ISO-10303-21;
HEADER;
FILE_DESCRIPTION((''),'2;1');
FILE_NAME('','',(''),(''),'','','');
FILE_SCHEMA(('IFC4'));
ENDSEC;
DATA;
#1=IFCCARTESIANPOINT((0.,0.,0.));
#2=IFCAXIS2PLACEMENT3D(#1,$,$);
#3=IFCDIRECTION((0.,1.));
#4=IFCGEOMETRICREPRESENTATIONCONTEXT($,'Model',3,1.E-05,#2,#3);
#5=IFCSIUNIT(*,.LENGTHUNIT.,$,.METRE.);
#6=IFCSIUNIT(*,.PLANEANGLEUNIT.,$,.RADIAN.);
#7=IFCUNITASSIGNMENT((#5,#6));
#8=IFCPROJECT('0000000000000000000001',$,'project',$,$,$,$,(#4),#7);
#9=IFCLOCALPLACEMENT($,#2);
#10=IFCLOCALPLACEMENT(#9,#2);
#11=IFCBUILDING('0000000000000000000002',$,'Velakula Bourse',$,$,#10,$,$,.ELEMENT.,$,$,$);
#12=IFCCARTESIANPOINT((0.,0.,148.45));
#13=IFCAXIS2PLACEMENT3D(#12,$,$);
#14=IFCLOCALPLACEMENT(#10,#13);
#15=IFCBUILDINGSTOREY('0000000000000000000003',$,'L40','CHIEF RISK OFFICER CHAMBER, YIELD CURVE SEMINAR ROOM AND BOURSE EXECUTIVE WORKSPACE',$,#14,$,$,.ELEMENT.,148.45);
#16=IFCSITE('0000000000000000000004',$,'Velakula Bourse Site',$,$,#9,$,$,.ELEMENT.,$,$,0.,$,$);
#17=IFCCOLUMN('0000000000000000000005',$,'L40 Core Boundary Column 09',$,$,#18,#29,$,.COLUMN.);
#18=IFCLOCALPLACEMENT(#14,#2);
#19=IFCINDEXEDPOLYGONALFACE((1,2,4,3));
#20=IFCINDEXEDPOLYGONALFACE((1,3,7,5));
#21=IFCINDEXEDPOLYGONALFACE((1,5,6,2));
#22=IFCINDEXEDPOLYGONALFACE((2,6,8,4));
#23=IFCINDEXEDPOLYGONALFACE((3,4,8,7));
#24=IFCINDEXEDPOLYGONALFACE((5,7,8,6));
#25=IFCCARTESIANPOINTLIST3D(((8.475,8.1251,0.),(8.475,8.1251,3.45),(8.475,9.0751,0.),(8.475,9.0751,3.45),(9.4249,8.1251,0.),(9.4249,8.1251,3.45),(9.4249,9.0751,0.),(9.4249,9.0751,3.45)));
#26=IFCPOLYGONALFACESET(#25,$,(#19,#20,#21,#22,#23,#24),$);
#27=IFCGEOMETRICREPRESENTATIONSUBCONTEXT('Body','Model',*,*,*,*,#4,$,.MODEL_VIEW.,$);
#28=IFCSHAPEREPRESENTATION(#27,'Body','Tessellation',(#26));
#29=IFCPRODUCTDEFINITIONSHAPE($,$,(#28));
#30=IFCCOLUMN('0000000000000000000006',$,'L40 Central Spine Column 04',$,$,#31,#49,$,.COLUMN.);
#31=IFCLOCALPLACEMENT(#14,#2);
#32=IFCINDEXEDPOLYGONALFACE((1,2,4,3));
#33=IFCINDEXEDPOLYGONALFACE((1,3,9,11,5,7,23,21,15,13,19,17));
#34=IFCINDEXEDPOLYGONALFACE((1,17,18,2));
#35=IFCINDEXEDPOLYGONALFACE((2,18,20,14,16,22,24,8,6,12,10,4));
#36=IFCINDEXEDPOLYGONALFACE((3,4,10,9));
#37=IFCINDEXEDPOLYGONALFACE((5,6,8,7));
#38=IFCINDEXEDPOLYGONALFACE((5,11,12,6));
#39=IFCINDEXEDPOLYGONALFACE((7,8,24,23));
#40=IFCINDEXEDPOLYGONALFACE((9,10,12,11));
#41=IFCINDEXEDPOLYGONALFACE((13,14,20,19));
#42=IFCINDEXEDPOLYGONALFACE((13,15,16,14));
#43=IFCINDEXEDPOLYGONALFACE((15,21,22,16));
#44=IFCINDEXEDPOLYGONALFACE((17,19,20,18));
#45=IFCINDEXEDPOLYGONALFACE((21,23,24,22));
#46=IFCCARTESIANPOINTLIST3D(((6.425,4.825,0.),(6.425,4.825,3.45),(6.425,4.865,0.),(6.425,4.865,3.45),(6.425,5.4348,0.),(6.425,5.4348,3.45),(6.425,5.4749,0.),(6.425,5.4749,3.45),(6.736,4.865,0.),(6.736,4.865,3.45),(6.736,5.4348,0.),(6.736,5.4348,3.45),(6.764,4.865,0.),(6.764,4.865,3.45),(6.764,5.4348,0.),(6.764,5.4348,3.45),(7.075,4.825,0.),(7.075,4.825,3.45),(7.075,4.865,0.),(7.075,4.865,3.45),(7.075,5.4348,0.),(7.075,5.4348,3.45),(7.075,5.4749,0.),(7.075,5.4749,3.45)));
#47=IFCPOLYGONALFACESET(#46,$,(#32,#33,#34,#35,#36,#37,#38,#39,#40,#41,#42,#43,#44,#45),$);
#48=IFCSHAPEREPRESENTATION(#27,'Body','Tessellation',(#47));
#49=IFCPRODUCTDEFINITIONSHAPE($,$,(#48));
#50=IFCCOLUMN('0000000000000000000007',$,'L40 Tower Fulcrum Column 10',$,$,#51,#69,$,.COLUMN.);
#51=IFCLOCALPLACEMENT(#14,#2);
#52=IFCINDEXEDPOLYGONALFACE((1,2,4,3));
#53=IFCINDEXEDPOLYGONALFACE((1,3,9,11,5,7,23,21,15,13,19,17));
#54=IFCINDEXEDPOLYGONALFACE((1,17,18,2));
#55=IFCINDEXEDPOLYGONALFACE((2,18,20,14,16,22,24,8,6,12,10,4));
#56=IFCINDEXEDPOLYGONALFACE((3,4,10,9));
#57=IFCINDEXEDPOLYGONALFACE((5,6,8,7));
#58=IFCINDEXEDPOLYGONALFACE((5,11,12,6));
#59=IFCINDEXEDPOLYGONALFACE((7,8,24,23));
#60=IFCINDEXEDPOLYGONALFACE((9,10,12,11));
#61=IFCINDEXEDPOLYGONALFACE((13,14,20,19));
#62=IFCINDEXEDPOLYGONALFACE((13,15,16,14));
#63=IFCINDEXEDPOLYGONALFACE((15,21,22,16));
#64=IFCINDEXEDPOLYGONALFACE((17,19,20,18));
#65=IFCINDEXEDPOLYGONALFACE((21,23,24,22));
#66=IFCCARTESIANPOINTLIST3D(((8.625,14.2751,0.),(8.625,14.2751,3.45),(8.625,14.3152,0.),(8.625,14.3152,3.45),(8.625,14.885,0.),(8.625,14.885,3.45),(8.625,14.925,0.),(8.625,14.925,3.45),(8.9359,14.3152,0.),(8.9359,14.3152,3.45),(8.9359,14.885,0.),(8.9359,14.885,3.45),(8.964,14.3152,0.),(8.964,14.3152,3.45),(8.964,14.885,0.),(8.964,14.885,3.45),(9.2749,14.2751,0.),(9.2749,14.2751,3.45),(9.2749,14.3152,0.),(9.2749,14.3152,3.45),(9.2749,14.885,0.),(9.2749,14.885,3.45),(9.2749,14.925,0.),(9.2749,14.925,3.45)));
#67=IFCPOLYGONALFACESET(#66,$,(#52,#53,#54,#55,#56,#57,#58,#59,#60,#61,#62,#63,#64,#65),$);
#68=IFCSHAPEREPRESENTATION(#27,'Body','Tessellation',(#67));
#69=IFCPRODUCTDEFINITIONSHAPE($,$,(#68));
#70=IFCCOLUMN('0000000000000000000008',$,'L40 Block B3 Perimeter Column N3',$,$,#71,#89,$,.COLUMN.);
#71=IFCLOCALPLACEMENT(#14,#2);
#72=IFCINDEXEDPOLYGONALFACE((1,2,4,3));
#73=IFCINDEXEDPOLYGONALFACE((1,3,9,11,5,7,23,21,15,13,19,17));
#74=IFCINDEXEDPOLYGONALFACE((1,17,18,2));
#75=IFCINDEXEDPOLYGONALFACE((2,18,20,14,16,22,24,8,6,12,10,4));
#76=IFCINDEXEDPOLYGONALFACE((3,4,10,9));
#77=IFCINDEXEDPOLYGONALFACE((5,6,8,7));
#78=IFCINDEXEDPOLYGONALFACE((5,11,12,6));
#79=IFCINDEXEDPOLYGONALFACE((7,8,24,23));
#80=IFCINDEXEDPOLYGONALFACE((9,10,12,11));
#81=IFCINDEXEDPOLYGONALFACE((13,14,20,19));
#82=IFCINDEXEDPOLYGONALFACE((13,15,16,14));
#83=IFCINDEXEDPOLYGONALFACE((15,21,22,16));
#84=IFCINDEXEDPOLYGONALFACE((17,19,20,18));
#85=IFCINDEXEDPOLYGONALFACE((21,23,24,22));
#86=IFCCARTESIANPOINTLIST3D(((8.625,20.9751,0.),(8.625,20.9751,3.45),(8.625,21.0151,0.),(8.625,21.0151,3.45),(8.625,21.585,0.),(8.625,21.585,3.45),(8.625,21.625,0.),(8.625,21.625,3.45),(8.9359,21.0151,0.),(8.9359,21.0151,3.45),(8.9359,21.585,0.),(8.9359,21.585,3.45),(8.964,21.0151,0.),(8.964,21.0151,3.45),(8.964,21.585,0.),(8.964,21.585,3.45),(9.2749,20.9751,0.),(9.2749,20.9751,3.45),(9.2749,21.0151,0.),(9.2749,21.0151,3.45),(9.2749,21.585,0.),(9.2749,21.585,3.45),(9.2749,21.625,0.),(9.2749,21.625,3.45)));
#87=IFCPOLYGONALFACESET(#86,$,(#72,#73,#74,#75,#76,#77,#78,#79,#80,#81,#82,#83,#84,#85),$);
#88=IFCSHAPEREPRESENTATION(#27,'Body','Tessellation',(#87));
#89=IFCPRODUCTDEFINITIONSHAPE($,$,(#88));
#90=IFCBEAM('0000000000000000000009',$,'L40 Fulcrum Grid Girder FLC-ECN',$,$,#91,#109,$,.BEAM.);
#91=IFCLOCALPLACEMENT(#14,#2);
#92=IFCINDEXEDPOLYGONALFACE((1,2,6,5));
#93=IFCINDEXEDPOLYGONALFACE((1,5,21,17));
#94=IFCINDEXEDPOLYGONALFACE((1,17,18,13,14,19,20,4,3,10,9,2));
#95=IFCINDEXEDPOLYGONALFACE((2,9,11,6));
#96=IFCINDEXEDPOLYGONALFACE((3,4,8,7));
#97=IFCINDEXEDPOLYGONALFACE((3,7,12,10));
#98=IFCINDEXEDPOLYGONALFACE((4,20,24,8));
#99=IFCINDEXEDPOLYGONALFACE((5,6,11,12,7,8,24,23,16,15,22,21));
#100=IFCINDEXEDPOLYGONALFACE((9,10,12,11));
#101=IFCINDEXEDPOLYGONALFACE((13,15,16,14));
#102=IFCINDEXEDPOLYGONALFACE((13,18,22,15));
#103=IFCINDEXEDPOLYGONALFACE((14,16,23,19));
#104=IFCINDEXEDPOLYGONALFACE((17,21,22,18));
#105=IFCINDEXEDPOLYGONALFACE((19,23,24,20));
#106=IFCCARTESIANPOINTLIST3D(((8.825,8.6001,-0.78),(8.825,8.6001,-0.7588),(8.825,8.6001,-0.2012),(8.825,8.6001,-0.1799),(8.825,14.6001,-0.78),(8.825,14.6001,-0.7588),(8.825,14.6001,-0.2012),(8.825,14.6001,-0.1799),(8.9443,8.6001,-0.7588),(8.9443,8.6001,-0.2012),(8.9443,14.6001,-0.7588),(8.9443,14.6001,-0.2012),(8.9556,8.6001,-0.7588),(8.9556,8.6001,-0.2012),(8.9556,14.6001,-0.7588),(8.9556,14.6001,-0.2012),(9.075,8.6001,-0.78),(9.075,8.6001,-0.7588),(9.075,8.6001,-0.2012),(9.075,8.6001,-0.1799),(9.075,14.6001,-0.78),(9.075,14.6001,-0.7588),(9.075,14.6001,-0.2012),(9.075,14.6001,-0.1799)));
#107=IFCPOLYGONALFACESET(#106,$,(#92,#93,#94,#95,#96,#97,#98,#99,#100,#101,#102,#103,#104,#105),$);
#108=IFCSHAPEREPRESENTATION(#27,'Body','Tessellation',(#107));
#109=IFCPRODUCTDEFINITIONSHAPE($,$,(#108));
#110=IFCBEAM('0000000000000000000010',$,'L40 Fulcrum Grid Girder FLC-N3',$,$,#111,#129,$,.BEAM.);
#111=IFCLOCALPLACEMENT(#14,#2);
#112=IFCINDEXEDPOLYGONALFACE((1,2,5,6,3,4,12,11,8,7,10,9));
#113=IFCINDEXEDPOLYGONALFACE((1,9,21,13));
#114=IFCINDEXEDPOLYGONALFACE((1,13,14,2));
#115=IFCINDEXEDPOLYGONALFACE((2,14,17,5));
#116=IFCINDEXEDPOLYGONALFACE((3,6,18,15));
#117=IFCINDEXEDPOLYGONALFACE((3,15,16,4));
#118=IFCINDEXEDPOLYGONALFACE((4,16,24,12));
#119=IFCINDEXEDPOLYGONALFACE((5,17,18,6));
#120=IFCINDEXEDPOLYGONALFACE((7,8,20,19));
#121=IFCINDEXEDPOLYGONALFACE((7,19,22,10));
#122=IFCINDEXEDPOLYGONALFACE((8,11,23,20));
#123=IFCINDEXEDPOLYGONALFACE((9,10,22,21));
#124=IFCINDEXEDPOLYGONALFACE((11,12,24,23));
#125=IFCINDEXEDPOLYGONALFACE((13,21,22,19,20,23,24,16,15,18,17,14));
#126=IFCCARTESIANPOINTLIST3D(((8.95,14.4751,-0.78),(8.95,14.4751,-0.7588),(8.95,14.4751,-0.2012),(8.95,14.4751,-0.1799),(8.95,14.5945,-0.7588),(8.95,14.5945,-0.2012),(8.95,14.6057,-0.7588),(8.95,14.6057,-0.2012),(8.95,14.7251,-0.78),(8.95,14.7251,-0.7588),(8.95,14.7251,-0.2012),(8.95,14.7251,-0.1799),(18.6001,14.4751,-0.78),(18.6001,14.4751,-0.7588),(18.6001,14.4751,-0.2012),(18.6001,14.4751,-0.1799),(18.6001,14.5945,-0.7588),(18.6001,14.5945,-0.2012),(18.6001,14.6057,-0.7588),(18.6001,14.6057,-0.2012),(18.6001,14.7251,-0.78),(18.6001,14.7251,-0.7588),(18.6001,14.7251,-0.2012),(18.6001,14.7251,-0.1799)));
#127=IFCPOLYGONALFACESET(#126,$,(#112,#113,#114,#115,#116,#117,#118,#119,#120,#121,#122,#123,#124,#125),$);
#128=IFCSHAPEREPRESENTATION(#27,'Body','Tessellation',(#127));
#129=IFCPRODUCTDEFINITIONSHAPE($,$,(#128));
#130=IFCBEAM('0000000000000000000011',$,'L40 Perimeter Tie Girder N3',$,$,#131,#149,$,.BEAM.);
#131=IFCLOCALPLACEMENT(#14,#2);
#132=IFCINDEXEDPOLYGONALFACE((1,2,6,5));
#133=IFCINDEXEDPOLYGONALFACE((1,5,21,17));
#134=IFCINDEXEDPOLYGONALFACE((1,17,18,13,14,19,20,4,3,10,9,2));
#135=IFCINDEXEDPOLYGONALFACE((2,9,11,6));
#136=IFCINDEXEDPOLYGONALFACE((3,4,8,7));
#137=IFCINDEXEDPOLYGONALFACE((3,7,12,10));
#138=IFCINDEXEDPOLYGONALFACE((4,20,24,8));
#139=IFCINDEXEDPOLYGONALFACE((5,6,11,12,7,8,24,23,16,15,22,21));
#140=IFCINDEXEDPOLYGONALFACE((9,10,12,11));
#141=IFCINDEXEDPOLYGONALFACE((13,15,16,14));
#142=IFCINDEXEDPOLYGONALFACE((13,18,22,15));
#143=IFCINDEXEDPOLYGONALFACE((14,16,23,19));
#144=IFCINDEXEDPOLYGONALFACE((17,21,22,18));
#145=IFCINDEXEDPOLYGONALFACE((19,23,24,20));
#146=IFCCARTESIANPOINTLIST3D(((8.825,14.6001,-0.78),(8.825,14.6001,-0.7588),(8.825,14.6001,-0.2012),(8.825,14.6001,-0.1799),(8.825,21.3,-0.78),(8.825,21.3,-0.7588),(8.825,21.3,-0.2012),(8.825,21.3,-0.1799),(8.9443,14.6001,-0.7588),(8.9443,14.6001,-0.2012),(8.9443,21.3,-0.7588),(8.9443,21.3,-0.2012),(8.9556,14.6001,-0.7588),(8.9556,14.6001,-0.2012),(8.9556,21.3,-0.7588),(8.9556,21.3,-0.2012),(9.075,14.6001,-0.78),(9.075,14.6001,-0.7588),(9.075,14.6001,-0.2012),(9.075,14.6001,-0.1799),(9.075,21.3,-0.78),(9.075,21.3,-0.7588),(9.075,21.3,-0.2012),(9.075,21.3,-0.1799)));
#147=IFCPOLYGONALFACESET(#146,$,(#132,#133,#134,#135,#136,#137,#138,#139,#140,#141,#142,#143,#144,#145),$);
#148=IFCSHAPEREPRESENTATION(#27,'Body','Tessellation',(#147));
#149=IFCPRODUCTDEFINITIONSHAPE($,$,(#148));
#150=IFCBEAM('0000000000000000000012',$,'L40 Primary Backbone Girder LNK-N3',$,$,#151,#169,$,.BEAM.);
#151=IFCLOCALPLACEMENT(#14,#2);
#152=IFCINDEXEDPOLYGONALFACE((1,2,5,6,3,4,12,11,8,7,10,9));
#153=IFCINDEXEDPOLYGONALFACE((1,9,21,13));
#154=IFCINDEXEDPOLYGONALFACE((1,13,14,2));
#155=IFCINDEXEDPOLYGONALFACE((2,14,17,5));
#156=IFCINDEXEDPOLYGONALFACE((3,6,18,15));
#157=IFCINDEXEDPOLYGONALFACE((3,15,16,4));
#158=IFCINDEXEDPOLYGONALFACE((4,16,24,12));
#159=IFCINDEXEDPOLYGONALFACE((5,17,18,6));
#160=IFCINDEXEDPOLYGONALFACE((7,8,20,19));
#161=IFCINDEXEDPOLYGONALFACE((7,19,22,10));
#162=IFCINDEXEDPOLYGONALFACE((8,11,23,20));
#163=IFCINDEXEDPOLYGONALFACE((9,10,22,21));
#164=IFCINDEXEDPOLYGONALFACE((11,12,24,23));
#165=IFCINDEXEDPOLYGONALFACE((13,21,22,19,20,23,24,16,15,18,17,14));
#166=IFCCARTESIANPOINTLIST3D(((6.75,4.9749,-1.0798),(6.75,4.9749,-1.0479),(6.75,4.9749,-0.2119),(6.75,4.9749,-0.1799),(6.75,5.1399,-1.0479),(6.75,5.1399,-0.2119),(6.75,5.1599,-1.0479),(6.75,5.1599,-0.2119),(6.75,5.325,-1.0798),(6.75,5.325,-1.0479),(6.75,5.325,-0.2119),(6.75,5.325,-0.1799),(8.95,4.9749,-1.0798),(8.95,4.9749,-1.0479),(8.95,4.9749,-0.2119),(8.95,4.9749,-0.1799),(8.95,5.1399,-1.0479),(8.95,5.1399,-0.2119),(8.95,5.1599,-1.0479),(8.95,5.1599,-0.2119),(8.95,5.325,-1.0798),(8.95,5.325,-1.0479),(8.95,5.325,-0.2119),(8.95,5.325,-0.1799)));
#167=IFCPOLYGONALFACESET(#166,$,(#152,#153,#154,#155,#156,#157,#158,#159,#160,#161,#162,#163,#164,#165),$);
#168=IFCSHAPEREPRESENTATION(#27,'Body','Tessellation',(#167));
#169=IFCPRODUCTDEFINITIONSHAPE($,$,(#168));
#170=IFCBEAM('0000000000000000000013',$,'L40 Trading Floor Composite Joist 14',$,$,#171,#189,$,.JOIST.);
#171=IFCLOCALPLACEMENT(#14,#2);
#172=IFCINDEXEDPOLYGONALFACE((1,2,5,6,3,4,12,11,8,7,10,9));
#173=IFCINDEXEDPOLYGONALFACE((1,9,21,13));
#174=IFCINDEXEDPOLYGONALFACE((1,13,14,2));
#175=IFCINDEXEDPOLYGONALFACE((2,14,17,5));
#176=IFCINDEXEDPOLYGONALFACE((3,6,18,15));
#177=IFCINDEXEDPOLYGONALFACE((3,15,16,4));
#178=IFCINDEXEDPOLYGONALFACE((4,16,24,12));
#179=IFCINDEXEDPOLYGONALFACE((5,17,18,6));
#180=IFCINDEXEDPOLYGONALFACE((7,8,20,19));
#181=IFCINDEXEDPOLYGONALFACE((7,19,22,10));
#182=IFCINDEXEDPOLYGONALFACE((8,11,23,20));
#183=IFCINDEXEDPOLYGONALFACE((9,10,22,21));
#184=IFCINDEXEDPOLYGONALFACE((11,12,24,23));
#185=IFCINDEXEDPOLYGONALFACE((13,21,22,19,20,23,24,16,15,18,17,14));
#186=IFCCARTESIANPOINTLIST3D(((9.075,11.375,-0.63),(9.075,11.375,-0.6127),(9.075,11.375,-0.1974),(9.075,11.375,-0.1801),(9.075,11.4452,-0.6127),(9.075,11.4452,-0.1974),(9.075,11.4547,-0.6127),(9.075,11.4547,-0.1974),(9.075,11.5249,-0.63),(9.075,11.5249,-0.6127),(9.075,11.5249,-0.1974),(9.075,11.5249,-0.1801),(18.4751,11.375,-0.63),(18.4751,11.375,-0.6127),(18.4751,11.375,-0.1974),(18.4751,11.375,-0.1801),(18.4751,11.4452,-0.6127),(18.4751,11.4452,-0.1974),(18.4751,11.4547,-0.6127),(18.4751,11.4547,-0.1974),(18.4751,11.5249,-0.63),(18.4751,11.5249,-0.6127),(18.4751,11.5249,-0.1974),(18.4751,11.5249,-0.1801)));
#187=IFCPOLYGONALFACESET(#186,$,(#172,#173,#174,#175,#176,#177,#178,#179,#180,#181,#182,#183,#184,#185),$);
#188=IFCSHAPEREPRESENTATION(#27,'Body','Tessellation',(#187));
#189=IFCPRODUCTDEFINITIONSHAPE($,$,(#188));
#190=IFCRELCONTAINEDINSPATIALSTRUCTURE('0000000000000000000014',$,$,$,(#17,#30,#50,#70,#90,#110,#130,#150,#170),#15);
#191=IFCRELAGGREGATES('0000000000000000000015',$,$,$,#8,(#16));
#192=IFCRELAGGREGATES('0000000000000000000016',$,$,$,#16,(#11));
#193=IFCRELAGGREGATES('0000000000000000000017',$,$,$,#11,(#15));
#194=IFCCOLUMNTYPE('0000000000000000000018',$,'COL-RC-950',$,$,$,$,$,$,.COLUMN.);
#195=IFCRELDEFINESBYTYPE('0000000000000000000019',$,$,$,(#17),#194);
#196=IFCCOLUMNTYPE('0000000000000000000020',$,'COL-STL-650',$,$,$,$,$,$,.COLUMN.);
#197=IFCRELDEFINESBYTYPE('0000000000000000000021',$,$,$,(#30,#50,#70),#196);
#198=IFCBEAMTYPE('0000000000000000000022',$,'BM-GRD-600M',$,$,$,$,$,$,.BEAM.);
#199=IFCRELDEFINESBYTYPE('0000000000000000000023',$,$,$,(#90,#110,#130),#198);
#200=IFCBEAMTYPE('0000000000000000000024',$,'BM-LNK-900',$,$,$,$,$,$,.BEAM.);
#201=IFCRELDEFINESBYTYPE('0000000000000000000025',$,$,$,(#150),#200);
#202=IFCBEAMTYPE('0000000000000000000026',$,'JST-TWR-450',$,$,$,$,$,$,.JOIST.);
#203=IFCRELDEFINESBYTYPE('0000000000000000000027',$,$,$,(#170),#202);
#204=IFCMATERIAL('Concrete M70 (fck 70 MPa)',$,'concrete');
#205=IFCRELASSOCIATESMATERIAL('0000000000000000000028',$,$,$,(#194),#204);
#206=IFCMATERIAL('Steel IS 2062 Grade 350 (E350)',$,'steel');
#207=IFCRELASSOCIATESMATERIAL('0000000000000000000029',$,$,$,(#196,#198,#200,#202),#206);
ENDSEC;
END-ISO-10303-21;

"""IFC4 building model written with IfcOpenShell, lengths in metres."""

from ifc_helpers import new_model, si_unit, direction, frame, origin, origin_2d, place, context, subcontext, project, spatial, rectangle, i_section, extrude, material, material_profile, profile_set, type_object, element, save


model = new_model("IFC4")

# Units and contexts
model_context = context("Model", 3, precision=1e-05, world=origin(), true_north=direction((0.0, 1.0)))
body_context = subcontext(model_context, "Body", "Model", "MODEL_VIEW")
ifc_project = project(units=[si_unit("LENGTHUNIT", "METRE"), si_unit("PLANEANGLEUNIT", "RADIAN")], contexts=[model_context])

# Site, building, storey
site_placement = place(None, origin())
site = spatial("IfcSite", under=ifc_project, at=site_placement, Name="Velakula Bourse Site", CompositionType="ELEMENT", RefElevation=0.0)
building_placement = place(site_placement, origin())
building = spatial("IfcBuilding", under=site, at=building_placement, Name="Velakula Bourse", CompositionType="ELEMENT")
storey_placement = place(building_placement, frame((0.0, 0.0, 148.45)))
storey = spatial("IfcBuildingStorey", under=building, at=storey_placement, Name="L40", Description="CHIEF RISK OFFICER CHAMBER, YIELD CURVE SEMINAR ROOM AND BOURSE EXECUTIVE WORKSPACE", CompositionType="ELEMENT", Elevation=148.45)

# Columns
ifc_material_1 = material(Name="Concrete M70 (fck 70 MPa)", Category="concrete")
ifc_material_profile_1 = material_profile(ifc_material_1, rectangle(XDim=0.95, YDim=0.95, at=origin_2d()), Name="Concrete M70 (fck 70 MPa)")
ifc_profile_set_1 = profile_set([ifc_material_profile_1], Name="Concrete M70 (fck 70 MPa)")
column_type_1 = type_object("IfcColumnType", Name="COL-RC-950", PredefinedType="COLUMN", material=ifc_profile_set_1)
column_placement = place(storey_placement, frame((8.95, 8.6001, 0.0), z_axis=(0.0, 0.0, 1.0), x_axis=(1.0, 0.0, 0.0)))
element("IfcColumn", 1, at=column_placement, inside=storey, type_object=column_type_1, Name="L40 Core Boundary Column 09", PredefinedType="COLUMN", context=body_context, shape_type="SweptSolid", body=[
    extrude(rectangle(XDim=0.95, YDim=0.95, at=origin_2d()), origin(), (0.0, 0.0, 1.0), 3.45),
])
ifc_material_2 = material(Name="Steel IS 2062 Grade 350 (E350)", Category="steel")
ifc_material_profile_2 = material_profile(ifc_material_2, i_section(OverallWidth=0.6499, OverallDepth=0.6499, WebThickness=0.0281, FlangeThickness=0.04, at=origin_2d()), Name="Steel IS 2062 Grade 350 (E350)")
ifc_profile_set_2 = profile_set([ifc_material_profile_2], Name="Steel IS 2062 Grade 350 (E350)")
column_type_2 = type_object("IfcColumnType", Name="COL-STL-650", PredefinedType="COLUMN", material=ifc_profile_set_2)
for number, where, z_axis, x_axis, name in (
    (2, (6.75, 5.1499, 0.0), (0.0, 0.0, 1.0), (1.0, 0.0, 0.0), "L40 Central Spine Column 04"),
    (3, (8.95, 14.6001, 0.0), (0.0, 0.0, 1.0), (1.0, 0.0, 0.0), "L40 Tower Fulcrum Column 10"),
    (4, (8.95, 21.3, 0.0), (0.0, 0.0, 1.0), (1.0, 0.0, 0.0), "L40 Block B3 Perimeter Column N3"),
):
    element("IfcColumn", number, at=place(storey_placement, frame(where, z_axis=z_axis, x_axis=x_axis)), inside=storey, type_object=column_type_2, Name=name, PredefinedType="COLUMN", context=body_context, shape_type="SweptSolid", body=[
        extrude(i_section(OverallWidth=0.6499, OverallDepth=0.6499, WebThickness=0.0281, FlangeThickness=0.04, at=origin_2d()), origin(), (0.0, 0.0, 1.0), 3.45),
    ])

# Beams
ifc_material_profile_3 = material_profile(ifc_material_2, i_section(OverallWidth=0.25, OverallDepth=0.6001, WebThickness=0.0112, FlangeThickness=0.0212, at=origin_2d()), Name="Steel IS 2062 Grade 350 (E350)")
ifc_profile_set_3 = profile_set([ifc_material_profile_3], Name="Steel IS 2062 Grade 350 (E350)")
beam_type_1 = type_object("IfcBeamType", Name="BM-GRD-600M", PredefinedType="BEAM", material=ifc_profile_set_3)
beam_1_placement = place(storey_placement, frame((8.95, 8.6001, -0.48), z_axis=(0.0, 1.0, 0.0), x_axis=(-1.0, 0.0, 0.0)))
element("IfcBeam", 5, at=beam_1_placement, inside=storey, type_object=beam_type_1, Name="L40 Fulcrum Grid Girder FLC-ECN", PredefinedType="BEAM", context=body_context, shape_type="SweptSolid", body=[
    extrude(i_section(OverallWidth=0.25, OverallDepth=0.6001, WebThickness=0.0112, FlangeThickness=0.0212, at=origin_2d()), origin(), (0.0, 0.0, 1.0), 6.0),
])
beam_2_placement = place(storey_placement, frame((8.95, 14.6001, -0.48), z_axis=(1.0, 0.0, 0.0), x_axis=(0.0, 1.0, 0.0)))
element("IfcBeam", 6, at=beam_2_placement, inside=storey, type_object=beam_type_1, Name="L40 Fulcrum Grid Girder FLC-N3", PredefinedType="BEAM", context=body_context, shape_type="SweptSolid", body=[
    extrude(i_section(OverallWidth=0.25, OverallDepth=0.6001, WebThickness=0.0112, FlangeThickness=0.0212, at=origin_2d()), origin(), (0.0, 0.0, 1.0), 9.6501),
])
beam_3_placement = place(storey_placement, frame((8.95, 14.6001, -0.48), z_axis=(0.0, 1.0, 0.0), x_axis=(-1.0, 0.0, 0.0)))
element("IfcBeam", 7, at=beam_3_placement, inside=storey, type_object=beam_type_1, Name="L40 Perimeter Tie Girder N3", PredefinedType="BEAM", context=body_context, shape_type="SweptSolid", body=[
    extrude(i_section(OverallWidth=0.25, OverallDepth=0.6001, WebThickness=0.0112, FlangeThickness=0.0212, at=origin_2d()), origin(), (0.0, 0.0, 1.0), 6.7),
])
ifc_material_profile_4 = material_profile(ifc_material_2, i_section(OverallWidth=0.3501, OverallDepth=0.8999, WebThickness=0.02, FlangeThickness=0.032, at=origin_2d()), Name="Steel IS 2062 Grade 350 (E350)")
ifc_profile_set_4 = profile_set([ifc_material_profile_4], Name="Steel IS 2062 Grade 350 (E350)")
beam_type_2 = type_object("IfcBeamType", Name="BM-LNK-900", PredefinedType="BEAM", material=ifc_profile_set_4)
beam_4_placement = place(storey_placement, frame((6.75, 5.1499, -0.6299), z_axis=(1.0, 0.0, 0.0), x_axis=(0.0, 1.0, 0.0)))
element("IfcBeam", 8, at=beam_4_placement, inside=storey, type_object=beam_type_2, Name="L40 Primary Backbone Girder LNK-N3", PredefinedType="BEAM", context=body_context, shape_type="SweptSolid", body=[
    extrude(i_section(OverallWidth=0.3501, OverallDepth=0.8999, WebThickness=0.02, FlangeThickness=0.032, at=origin_2d()), origin(), (0.0, 0.0, 1.0), 2.2),
])
ifc_material_profile_5 = material_profile(ifc_material_2, i_section(OverallWidth=0.1499, OverallDepth=0.45, WebThickness=0.0095, FlangeThickness=0.0173, at=origin_2d()), Name="Steel IS 2062 Grade 350 (E350)")
ifc_profile_set_5 = profile_set([ifc_material_profile_5], Name="Steel IS 2062 Grade 350 (E350)")
beam_type_3 = type_object("IfcBeamType", Name="JST-TWR-450", PredefinedType="JOIST", material=ifc_profile_set_5)
for number, where, z_axis, x_axis, name in (
    (9, (9.075, 11.45, -0.405), (1.0, 0.0, 0.0), (0.0, 1.0, 0.0), "L40 Trading Floor Composite Joist 14"),
):
    element("IfcBeam", number, at=place(storey_placement, frame(where, z_axis=z_axis, x_axis=x_axis)), inside=storey, type_object=beam_type_3, Name=name, PredefinedType="JOIST", context=body_context, shape_type="SweptSolid", body=[
        extrude(i_section(OverallWidth=0.1499, OverallDepth=0.45, WebThickness=0.0095, FlangeThickness=0.0173, at=origin_2d()), origin(), (0.0, 0.0, 1.0), 9.4001),
    ])

save(model, "model.ifc")
